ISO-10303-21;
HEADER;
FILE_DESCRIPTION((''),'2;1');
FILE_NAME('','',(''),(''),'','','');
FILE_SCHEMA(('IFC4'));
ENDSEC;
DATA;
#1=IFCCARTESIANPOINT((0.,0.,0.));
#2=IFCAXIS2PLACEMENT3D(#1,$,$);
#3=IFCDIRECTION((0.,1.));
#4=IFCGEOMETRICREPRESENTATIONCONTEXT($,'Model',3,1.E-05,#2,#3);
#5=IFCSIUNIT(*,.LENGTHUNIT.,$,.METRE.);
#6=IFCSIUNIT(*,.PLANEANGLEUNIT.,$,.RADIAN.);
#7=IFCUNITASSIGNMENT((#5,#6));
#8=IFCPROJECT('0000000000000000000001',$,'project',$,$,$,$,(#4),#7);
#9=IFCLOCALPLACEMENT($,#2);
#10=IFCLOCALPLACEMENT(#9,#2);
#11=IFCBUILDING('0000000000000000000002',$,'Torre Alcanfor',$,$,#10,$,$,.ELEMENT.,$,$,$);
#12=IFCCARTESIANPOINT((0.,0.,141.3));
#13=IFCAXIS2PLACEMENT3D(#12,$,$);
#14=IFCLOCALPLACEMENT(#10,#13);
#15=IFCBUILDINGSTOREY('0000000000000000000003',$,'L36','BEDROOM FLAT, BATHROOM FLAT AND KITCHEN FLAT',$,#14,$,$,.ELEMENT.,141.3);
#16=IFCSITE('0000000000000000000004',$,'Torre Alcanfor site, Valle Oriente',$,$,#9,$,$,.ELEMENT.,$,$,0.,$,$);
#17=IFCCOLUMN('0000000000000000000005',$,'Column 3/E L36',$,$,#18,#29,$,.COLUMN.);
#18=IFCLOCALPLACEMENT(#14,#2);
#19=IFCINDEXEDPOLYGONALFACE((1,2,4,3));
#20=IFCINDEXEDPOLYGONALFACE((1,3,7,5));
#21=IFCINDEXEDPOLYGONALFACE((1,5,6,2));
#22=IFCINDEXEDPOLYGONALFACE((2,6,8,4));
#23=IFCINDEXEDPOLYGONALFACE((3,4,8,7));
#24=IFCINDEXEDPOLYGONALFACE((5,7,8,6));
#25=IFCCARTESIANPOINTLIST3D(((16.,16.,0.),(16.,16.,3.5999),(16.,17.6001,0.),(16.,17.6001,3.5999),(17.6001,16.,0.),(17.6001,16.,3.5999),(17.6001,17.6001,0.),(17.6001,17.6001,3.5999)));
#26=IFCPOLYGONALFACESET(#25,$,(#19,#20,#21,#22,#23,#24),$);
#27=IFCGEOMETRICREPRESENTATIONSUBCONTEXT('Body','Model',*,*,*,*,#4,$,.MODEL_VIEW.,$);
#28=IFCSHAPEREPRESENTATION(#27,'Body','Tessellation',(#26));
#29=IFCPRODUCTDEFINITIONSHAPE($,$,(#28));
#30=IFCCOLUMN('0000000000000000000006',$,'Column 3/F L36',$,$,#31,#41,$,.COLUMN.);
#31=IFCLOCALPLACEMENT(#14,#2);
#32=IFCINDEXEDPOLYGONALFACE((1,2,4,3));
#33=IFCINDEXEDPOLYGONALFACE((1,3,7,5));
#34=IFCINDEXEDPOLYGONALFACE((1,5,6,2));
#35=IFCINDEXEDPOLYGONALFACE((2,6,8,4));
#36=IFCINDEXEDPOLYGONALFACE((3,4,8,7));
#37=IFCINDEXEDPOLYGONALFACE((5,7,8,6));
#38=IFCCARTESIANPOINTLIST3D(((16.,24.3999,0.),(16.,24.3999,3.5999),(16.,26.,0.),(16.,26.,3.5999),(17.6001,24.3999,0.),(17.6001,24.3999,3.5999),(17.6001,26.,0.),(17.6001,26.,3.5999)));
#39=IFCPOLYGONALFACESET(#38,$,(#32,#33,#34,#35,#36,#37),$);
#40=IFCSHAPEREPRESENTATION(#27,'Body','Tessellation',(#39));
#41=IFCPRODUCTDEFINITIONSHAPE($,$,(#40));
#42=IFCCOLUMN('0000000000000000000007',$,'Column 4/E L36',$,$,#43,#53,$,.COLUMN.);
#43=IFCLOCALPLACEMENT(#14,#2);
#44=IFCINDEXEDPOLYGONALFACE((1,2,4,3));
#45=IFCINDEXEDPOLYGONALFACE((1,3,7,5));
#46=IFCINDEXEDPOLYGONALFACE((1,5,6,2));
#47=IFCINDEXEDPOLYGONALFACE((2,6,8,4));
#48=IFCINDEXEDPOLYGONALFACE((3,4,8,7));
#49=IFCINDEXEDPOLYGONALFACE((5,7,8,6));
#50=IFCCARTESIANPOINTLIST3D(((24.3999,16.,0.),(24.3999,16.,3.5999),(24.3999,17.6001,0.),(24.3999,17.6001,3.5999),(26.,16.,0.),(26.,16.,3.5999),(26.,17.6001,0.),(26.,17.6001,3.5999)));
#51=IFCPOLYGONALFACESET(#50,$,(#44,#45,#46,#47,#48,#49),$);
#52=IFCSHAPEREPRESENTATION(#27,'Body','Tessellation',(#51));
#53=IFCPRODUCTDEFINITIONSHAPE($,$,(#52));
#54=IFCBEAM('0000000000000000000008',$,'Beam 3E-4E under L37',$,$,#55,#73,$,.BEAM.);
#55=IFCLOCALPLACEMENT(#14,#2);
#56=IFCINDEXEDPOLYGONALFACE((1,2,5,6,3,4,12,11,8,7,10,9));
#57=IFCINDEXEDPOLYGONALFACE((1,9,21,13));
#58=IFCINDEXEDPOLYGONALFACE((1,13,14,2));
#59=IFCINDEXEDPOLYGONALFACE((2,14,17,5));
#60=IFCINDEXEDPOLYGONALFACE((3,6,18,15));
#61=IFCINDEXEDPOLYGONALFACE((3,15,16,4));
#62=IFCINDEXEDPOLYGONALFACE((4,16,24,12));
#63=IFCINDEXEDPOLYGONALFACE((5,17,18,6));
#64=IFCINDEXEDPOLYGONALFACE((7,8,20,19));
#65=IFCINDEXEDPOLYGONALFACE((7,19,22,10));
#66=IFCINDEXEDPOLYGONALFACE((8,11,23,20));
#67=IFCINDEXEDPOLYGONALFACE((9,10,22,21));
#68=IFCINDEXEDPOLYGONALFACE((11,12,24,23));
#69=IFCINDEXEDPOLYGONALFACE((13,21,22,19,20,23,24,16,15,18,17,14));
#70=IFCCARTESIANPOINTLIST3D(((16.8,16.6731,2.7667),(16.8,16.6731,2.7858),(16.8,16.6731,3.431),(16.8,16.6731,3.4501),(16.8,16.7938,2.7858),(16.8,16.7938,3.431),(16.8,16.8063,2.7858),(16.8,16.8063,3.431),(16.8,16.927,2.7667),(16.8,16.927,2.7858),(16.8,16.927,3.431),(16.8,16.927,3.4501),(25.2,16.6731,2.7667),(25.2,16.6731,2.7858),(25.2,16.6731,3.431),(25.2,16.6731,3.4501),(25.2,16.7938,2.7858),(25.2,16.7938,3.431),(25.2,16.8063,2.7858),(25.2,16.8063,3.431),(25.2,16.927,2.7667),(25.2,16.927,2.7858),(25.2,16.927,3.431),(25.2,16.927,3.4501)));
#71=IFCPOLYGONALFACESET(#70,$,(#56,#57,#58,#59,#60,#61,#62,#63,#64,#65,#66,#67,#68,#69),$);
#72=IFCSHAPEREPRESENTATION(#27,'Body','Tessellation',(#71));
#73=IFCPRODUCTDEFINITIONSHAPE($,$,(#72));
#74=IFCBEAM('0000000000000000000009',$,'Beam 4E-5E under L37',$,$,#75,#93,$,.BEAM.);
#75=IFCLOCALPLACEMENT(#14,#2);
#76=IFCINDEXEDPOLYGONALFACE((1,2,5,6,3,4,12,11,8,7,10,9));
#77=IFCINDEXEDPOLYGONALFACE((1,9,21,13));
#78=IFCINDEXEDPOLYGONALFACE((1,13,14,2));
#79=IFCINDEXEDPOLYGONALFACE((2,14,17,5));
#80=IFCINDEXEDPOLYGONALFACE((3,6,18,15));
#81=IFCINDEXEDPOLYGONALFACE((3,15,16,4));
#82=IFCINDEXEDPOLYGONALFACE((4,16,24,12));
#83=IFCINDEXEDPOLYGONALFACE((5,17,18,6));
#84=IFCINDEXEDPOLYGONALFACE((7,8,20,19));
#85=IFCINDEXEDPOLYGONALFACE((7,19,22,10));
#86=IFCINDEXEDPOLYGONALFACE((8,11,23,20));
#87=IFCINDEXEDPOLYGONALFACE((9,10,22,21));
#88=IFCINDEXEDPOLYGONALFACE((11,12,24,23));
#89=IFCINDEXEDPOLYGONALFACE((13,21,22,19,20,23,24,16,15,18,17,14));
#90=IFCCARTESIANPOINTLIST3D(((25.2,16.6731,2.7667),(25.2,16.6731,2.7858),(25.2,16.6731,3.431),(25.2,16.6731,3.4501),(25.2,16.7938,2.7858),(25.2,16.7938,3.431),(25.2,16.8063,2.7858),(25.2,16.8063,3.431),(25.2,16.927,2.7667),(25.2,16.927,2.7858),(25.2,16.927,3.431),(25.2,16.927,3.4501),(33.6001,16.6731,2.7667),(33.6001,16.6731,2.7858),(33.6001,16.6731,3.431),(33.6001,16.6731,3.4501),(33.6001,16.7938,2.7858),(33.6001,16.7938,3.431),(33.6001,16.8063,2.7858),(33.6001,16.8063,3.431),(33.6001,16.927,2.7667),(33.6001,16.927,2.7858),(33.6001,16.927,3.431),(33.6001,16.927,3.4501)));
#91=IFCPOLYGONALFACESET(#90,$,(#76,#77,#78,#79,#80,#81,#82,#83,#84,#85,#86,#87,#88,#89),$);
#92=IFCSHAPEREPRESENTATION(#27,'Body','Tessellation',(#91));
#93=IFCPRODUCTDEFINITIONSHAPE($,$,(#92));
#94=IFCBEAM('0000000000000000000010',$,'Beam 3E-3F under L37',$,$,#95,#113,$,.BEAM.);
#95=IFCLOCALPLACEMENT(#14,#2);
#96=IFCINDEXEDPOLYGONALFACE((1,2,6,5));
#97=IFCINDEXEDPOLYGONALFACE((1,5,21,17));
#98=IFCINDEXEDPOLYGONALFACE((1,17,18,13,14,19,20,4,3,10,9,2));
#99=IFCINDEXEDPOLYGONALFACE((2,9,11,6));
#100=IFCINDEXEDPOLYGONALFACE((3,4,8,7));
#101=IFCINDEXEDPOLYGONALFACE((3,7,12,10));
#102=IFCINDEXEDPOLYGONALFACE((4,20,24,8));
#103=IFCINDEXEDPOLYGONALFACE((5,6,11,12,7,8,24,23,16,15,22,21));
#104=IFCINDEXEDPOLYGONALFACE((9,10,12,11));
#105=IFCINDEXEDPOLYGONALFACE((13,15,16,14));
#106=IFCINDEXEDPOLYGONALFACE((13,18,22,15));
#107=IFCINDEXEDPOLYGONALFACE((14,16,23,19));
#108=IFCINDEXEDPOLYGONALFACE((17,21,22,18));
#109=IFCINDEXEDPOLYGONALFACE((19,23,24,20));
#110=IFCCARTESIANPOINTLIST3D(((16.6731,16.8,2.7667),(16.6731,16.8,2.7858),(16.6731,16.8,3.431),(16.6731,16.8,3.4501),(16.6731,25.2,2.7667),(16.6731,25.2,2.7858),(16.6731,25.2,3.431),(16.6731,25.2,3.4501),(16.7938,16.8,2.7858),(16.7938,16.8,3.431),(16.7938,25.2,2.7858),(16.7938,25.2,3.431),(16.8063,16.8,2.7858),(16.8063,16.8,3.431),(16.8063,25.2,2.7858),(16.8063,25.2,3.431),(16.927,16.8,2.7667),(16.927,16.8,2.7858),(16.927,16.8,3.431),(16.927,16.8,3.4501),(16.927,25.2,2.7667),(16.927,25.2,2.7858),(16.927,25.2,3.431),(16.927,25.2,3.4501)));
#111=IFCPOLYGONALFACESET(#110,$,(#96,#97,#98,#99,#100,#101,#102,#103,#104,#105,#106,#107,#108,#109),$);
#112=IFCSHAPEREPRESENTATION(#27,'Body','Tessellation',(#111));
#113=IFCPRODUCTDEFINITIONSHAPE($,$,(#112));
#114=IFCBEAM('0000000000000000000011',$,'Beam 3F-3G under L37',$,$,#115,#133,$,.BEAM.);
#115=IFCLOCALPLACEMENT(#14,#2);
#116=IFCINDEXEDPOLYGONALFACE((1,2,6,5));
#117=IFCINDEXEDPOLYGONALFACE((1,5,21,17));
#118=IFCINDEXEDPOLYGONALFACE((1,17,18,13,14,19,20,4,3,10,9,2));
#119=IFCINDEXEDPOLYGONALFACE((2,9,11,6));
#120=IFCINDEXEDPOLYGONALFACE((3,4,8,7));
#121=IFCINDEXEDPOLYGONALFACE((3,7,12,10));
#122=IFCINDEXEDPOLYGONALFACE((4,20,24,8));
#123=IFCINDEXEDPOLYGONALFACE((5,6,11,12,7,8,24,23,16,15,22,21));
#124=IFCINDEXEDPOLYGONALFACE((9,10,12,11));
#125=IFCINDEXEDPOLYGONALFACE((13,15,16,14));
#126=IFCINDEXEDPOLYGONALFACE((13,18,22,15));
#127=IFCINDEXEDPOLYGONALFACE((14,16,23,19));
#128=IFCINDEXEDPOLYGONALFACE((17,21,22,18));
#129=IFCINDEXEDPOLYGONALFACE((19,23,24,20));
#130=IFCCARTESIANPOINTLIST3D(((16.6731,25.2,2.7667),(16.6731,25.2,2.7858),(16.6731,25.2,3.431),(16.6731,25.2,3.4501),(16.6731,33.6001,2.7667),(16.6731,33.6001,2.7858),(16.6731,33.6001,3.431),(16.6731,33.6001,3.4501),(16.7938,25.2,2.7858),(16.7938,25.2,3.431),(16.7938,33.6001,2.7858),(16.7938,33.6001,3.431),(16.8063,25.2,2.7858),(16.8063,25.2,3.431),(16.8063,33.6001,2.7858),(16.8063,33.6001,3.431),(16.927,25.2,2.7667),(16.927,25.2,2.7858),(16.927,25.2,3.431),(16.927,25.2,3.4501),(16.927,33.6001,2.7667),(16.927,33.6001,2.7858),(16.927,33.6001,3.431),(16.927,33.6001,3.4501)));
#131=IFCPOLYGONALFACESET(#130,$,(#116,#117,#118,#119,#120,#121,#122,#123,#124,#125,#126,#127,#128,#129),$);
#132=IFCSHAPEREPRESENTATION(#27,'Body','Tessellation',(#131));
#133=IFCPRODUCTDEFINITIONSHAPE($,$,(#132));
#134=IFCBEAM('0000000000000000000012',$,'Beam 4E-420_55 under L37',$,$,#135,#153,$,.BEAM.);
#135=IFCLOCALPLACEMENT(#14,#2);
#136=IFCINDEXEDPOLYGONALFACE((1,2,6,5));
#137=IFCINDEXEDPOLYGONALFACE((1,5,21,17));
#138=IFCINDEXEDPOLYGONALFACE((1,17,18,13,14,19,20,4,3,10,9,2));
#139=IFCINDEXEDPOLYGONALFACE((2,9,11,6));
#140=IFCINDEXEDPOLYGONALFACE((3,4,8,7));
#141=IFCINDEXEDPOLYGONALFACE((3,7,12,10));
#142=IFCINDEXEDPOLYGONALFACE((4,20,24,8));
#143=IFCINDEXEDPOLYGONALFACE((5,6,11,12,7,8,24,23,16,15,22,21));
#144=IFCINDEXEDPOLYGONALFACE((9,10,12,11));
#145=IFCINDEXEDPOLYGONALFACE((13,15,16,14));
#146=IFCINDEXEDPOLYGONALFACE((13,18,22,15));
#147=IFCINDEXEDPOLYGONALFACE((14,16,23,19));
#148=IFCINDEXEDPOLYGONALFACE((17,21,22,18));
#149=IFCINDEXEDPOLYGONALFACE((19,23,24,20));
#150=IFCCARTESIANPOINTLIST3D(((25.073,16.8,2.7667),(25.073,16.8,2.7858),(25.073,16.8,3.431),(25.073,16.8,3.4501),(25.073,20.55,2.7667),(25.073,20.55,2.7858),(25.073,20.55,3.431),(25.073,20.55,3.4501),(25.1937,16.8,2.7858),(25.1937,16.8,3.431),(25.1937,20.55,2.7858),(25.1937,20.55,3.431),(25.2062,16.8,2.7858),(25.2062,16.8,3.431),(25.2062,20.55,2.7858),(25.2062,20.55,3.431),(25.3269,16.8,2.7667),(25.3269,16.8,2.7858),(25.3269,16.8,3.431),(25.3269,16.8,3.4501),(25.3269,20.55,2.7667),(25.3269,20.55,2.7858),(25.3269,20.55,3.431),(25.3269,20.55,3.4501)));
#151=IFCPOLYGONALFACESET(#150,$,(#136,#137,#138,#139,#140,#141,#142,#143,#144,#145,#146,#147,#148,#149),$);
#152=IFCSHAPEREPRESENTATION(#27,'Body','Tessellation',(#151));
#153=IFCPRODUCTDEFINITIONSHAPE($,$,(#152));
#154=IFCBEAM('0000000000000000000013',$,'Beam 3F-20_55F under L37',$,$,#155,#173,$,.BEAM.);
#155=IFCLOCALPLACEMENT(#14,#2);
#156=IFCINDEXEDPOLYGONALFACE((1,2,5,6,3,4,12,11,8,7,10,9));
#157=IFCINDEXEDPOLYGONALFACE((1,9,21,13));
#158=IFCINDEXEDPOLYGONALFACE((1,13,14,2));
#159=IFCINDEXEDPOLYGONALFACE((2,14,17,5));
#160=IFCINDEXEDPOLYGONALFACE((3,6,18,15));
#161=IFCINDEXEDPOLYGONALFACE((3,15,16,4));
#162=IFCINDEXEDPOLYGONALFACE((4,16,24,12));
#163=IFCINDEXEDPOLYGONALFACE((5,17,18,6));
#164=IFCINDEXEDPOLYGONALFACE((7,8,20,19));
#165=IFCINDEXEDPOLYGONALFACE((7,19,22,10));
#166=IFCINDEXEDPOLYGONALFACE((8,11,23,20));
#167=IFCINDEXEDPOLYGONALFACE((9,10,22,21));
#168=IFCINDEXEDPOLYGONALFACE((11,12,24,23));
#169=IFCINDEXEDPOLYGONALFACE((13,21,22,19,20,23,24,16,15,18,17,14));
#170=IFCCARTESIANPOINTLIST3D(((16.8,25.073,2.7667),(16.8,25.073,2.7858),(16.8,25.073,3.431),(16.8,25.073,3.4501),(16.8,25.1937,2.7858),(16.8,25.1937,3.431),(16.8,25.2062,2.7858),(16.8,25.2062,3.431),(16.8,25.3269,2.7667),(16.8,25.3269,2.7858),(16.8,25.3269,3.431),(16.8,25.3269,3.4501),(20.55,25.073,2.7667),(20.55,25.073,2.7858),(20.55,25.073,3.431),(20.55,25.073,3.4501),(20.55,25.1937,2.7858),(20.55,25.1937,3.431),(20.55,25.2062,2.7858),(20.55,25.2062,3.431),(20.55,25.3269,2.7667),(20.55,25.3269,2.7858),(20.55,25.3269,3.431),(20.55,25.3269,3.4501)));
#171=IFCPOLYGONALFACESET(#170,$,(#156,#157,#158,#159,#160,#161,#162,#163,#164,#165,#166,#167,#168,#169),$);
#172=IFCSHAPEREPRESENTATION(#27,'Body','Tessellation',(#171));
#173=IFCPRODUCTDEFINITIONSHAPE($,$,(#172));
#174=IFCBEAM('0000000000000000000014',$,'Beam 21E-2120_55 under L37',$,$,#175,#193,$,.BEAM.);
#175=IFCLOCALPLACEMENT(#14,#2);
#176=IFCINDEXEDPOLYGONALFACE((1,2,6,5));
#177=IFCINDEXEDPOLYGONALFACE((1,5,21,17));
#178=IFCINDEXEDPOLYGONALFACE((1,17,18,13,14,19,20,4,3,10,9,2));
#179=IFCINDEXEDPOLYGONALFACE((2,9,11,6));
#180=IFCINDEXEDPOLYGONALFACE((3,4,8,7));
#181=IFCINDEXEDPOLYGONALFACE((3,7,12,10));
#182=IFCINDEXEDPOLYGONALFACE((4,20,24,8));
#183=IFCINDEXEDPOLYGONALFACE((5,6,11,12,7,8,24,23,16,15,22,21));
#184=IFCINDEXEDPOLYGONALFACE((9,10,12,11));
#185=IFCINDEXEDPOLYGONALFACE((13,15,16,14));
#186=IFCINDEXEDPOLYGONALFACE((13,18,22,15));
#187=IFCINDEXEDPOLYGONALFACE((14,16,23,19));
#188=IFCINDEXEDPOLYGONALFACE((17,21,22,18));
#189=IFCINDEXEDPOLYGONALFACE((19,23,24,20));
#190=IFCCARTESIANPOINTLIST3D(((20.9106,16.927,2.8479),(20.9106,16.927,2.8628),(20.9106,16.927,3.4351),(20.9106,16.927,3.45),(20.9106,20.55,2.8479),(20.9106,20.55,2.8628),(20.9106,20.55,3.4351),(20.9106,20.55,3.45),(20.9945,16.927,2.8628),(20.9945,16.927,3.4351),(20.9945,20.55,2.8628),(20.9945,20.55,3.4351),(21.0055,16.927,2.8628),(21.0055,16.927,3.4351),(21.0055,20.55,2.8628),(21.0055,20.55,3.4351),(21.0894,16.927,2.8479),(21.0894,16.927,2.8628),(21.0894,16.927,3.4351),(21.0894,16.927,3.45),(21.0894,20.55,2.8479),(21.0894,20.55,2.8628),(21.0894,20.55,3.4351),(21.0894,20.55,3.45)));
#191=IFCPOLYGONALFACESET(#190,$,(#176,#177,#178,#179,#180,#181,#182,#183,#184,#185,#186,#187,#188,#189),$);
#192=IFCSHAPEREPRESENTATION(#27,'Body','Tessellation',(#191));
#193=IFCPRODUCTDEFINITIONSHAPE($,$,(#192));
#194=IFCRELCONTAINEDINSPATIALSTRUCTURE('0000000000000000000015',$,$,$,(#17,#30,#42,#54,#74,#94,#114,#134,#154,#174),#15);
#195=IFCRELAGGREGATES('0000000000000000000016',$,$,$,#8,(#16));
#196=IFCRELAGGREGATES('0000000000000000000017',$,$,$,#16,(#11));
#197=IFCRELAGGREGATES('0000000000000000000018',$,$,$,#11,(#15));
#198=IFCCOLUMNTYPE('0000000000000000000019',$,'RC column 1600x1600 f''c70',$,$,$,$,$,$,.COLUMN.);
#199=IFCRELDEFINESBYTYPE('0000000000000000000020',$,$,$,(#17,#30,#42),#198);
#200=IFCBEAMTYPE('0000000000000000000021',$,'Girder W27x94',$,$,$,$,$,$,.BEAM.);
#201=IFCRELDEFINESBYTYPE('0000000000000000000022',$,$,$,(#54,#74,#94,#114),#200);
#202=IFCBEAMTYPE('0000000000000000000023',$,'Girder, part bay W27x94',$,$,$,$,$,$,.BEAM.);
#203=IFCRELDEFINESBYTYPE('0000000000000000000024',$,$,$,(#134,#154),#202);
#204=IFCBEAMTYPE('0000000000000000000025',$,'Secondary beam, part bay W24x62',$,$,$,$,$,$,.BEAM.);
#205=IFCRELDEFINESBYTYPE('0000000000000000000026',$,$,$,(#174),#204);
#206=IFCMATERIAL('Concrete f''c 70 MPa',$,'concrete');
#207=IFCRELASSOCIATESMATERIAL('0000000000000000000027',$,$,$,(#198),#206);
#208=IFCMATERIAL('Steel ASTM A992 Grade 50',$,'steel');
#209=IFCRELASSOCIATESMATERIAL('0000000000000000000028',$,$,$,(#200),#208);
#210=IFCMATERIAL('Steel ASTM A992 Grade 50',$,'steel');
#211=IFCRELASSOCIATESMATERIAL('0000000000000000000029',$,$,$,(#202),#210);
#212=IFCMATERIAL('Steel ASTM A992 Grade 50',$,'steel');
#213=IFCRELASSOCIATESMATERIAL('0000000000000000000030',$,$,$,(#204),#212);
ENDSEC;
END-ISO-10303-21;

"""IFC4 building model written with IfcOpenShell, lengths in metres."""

from ifc_helpers import new_model, si_unit, direction, frame, origin, origin_2d, place, context, subcontext, project, spatial, rectangle, i_section, extrude, material, material_profile, profile_set, type_object, element, save


model = new_model("IFC4")

# Units and contexts
model_context = context("Model", 3, precision=1e-05, world=origin(), true_north=direction((0.0, 1.0)))
body_context = subcontext(model_context, "Body", "Model", "MODEL_VIEW")
ifc_project = project(units=[si_unit("LENGTHUNIT", "METRE"), si_unit("PLANEANGLEUNIT", "RADIAN")], contexts=[model_context])

# Site, building, storey
site_placement = place(None, origin())
site = spatial("IfcSite", under=ifc_project, at=site_placement, Name="Torre Alcanfor site, Valle Oriente", CompositionType="ELEMENT", RefElevation=0.0)
building_placement = place(site_placement, origin())
building = spatial("IfcBuilding", under=site, at=building_placement, Name="Torre Alcanfor", CompositionType="ELEMENT")
storey_placement = place(building_placement, frame((0.0, 0.0, 141.3)))
storey = spatial("IfcBuildingStorey", under=building, at=storey_placement, Name="L36", Description="BEDROOM FLAT, BATHROOM FLAT AND KITCHEN FLAT", CompositionType="ELEMENT", Elevation=141.3)

# Columns
ifc_material_1 = material(Name="Concrete f'c 70 MPa", Category="concrete")
ifc_material_profile_1 = material_profile(ifc_material_1, rectangle(XDim=1.6001, YDim=1.6001, at=origin_2d()), Name="1600x1600")
ifc_profile_set_1 = profile_set([ifc_material_profile_1], Name="Concrete f'c 70 MPa")
column_type = type_object("IfcColumnType", Name="RC column 1600x1600 f'c70", PredefinedType="COLUMN", material=ifc_profile_set_1)
for number, where, z_axis, x_axis, name in (
    (1, (16.8, 16.8, 0.0), (0.0, 0.0, 1.0), (1.0, 0.0, 0.0), "Column 3/E L36"),
    (2, (16.8, 25.2, 0.0), (0.0, 0.0, 1.0), (1.0, 0.0, 0.0), "Column 3/F L36"),
    (3, (25.2, 16.8, 0.0), (0.0, 0.0, 1.0), (1.0, 0.0, 0.0), "Column 4/E L36"),
):
    element("IfcColumn", number, at=place(storey_placement, frame(where, z_axis=z_axis, x_axis=x_axis)), inside=storey, type_object=column_type, Name=name, PredefinedType="COLUMN", context=body_context, shape_type="SweptSolid", body=[
        extrude(rectangle(XDim=1.6001, YDim=1.6001, at=origin_2d()), origin(), (0.0, 0.0, 1.0), 3.5999),
    ])

# Beams
ifc_material_2 = material(Name="Steel ASTM A992 Grade 50", Category="steel")
ifc_material_profile_2 = material_profile(ifc_material_2, i_section(OverallWidth=0.2539, OverallDepth=0.6833, WebThickness=0.0125, FlangeThickness=0.019, at=origin_2d()), Name="W27x94")
ifc_profile_set_2 = profile_set([ifc_material_profile_2], Name="Steel ASTM A992 Grade 50")
beam_type_1 = type_object("IfcBeamType", Name="Girder W27x94", PredefinedType="BEAM", material=ifc_profile_set_2)
beam_1_placement = place(storey_placement, frame((16.8, 16.8, 3.1084), z_axis=(1.0, 0.0, 0.0), x_axis=(0.0, 1.0, 0.0)))
element("IfcBeam", 4, at=beam_1_placement, inside=storey, type_object=beam_type_1, Name="Beam 3E-4E under L37", PredefinedType="BEAM", context=body_context, shape_type="SweptSolid", body=[
    extrude(i_section(OverallWidth=0.2539, OverallDepth=0.6833, WebThickness=0.0125, FlangeThickness=0.019, at=origin_2d()), origin(), (0.0, 0.0, 1.0), 8.3999),
])
beam_2_placement = place(storey_placement, frame((25.2, 16.8, 3.1084), z_axis=(1.0, 0.0, 0.0), x_axis=(0.0, 1.0, 0.0)))
element("IfcBeam", 5, at=beam_2_placement, inside=storey, type_object=beam_type_1, Name="Beam 4E-5E under L37", PredefinedType="BEAM", context=body_context, shape_type="SweptSolid", body=[
    extrude(i_section(OverallWidth=0.2539, OverallDepth=0.6833, WebThickness=0.0125, FlangeThickness=0.019, at=origin_2d()), origin(), (0.0, 0.0, 1.0), 8.4001),
])
beam_3_placement = place(storey_placement, frame((16.8, 16.8, 3.1084), z_axis=(0.0, 1.0, 0.0), x_axis=(-1.0, 0.0, 0.0)))
element("IfcBeam", 6, at=beam_3_placement, inside=storey, type_object=beam_type_1, Name="Beam 3E-3F under L37", PredefinedType="BEAM", context=body_context, shape_type="SweptSolid", body=[
    extrude(i_section(OverallWidth=0.2539, OverallDepth=0.6833, WebThickness=0.0125, FlangeThickness=0.019, at=origin_2d()), origin(), (0.0, 0.0, 1.0), 8.3999),
])
beam_4_placement = place(storey_placement, frame((16.8, 25.2, 3.1084), z_axis=(0.0, 1.0, 0.0), x_axis=(-1.0, 0.0, 0.0)))
element("IfcBeam", 7, at=beam_4_placement, inside=storey, type_object=beam_type_1, Name="Beam 3F-3G under L37", PredefinedType="BEAM", context=body_context, shape_type="SweptSolid", body=[
    extrude(i_section(OverallWidth=0.2539, OverallDepth=0.6833, WebThickness=0.0125, FlangeThickness=0.019, at=origin_2d()), origin(), (0.0, 0.0, 1.0), 8.4001),
])
ifc_material_3 = material(Name="Steel ASTM A992 Grade 50", Category="steel")
ifc_material_profile_3 = material_profile(ifc_material_3, i_section(OverallWidth=0.2539, OverallDepth=0.6833, WebThickness=0.0125, FlangeThickness=0.019, at=origin_2d()), Name="W27x94")
ifc_profile_set_3 = profile_set([ifc_material_profile_3], Name="Steel ASTM A992 Grade 50")
beam_type_2 = type_object("IfcBeamType", Name="Girder, part bay W27x94", PredefinedType="BEAM", material=ifc_profile_set_3)
for number, where, z_axis, x_axis, name in (
    (8, (25.2, 16.8, 3.1084), (0.0, 1.0, 0.0), (-1.0, 0.0, 0.0), "Beam 4E-420_55 under L37"),
    (9, (16.8, 25.2, 3.1084), (1.0, 0.0, 0.0), (0.0, 1.0, 0.0), "Beam 3F-20_55F under L37"),
):
    element("IfcBeam", number, at=place(storey_placement, frame(where, z_axis=z_axis, x_axis=x_axis)), inside=storey, type_object=beam_type_2, Name=name, PredefinedType="BEAM", context=body_context, shape_type="SweptSolid", body=[
        extrude(i_section(OverallWidth=0.2539, OverallDepth=0.6833, WebThickness=0.0125, FlangeThickness=0.019, at=origin_2d()), origin(), (0.0, 0.0, 1.0), 3.75),
    ])
ifc_material_4 = material(Name="Steel ASTM A992 Grade 50", Category="steel")
ifc_material_profile_4 = material_profile(ifc_material_4, i_section(OverallWidth=0.1787, OverallDepth=0.6021, WebThickness=0.011, FlangeThickness=0.0149, at=origin_2d()), Name="W24x62")
ifc_profile_set_4 = profile_set([ifc_material_profile_4], Name="Steel ASTM A992 Grade 50")
beam_type_3 = type_object("IfcBeamType", Name="Secondary beam, part bay W24x62", PredefinedType="BEAM", material=ifc_profile_set_4)
beam_5_placement = place(storey_placement, frame((21.0, 16.927, 3.1489), z_axis=(0.0, 1.0, 0.0), x_axis=(-1.0, 0.0, 0.0)))
element("IfcBeam", 10, at=beam_5_placement, inside=storey, type_object=beam_type_3, Name="Beam 21E-2120_55 under L37", PredefinedType="BEAM", context=body_context, shape_type="SweptSolid", body=[
    extrude(i_section(OverallWidth=0.1787, OverallDepth=0.6021, WebThickness=0.011, FlangeThickness=0.0149, at=origin_2d()), origin(), (0.0, 0.0, 1.0), 3.623),
])

save(model, "model.ifc")
